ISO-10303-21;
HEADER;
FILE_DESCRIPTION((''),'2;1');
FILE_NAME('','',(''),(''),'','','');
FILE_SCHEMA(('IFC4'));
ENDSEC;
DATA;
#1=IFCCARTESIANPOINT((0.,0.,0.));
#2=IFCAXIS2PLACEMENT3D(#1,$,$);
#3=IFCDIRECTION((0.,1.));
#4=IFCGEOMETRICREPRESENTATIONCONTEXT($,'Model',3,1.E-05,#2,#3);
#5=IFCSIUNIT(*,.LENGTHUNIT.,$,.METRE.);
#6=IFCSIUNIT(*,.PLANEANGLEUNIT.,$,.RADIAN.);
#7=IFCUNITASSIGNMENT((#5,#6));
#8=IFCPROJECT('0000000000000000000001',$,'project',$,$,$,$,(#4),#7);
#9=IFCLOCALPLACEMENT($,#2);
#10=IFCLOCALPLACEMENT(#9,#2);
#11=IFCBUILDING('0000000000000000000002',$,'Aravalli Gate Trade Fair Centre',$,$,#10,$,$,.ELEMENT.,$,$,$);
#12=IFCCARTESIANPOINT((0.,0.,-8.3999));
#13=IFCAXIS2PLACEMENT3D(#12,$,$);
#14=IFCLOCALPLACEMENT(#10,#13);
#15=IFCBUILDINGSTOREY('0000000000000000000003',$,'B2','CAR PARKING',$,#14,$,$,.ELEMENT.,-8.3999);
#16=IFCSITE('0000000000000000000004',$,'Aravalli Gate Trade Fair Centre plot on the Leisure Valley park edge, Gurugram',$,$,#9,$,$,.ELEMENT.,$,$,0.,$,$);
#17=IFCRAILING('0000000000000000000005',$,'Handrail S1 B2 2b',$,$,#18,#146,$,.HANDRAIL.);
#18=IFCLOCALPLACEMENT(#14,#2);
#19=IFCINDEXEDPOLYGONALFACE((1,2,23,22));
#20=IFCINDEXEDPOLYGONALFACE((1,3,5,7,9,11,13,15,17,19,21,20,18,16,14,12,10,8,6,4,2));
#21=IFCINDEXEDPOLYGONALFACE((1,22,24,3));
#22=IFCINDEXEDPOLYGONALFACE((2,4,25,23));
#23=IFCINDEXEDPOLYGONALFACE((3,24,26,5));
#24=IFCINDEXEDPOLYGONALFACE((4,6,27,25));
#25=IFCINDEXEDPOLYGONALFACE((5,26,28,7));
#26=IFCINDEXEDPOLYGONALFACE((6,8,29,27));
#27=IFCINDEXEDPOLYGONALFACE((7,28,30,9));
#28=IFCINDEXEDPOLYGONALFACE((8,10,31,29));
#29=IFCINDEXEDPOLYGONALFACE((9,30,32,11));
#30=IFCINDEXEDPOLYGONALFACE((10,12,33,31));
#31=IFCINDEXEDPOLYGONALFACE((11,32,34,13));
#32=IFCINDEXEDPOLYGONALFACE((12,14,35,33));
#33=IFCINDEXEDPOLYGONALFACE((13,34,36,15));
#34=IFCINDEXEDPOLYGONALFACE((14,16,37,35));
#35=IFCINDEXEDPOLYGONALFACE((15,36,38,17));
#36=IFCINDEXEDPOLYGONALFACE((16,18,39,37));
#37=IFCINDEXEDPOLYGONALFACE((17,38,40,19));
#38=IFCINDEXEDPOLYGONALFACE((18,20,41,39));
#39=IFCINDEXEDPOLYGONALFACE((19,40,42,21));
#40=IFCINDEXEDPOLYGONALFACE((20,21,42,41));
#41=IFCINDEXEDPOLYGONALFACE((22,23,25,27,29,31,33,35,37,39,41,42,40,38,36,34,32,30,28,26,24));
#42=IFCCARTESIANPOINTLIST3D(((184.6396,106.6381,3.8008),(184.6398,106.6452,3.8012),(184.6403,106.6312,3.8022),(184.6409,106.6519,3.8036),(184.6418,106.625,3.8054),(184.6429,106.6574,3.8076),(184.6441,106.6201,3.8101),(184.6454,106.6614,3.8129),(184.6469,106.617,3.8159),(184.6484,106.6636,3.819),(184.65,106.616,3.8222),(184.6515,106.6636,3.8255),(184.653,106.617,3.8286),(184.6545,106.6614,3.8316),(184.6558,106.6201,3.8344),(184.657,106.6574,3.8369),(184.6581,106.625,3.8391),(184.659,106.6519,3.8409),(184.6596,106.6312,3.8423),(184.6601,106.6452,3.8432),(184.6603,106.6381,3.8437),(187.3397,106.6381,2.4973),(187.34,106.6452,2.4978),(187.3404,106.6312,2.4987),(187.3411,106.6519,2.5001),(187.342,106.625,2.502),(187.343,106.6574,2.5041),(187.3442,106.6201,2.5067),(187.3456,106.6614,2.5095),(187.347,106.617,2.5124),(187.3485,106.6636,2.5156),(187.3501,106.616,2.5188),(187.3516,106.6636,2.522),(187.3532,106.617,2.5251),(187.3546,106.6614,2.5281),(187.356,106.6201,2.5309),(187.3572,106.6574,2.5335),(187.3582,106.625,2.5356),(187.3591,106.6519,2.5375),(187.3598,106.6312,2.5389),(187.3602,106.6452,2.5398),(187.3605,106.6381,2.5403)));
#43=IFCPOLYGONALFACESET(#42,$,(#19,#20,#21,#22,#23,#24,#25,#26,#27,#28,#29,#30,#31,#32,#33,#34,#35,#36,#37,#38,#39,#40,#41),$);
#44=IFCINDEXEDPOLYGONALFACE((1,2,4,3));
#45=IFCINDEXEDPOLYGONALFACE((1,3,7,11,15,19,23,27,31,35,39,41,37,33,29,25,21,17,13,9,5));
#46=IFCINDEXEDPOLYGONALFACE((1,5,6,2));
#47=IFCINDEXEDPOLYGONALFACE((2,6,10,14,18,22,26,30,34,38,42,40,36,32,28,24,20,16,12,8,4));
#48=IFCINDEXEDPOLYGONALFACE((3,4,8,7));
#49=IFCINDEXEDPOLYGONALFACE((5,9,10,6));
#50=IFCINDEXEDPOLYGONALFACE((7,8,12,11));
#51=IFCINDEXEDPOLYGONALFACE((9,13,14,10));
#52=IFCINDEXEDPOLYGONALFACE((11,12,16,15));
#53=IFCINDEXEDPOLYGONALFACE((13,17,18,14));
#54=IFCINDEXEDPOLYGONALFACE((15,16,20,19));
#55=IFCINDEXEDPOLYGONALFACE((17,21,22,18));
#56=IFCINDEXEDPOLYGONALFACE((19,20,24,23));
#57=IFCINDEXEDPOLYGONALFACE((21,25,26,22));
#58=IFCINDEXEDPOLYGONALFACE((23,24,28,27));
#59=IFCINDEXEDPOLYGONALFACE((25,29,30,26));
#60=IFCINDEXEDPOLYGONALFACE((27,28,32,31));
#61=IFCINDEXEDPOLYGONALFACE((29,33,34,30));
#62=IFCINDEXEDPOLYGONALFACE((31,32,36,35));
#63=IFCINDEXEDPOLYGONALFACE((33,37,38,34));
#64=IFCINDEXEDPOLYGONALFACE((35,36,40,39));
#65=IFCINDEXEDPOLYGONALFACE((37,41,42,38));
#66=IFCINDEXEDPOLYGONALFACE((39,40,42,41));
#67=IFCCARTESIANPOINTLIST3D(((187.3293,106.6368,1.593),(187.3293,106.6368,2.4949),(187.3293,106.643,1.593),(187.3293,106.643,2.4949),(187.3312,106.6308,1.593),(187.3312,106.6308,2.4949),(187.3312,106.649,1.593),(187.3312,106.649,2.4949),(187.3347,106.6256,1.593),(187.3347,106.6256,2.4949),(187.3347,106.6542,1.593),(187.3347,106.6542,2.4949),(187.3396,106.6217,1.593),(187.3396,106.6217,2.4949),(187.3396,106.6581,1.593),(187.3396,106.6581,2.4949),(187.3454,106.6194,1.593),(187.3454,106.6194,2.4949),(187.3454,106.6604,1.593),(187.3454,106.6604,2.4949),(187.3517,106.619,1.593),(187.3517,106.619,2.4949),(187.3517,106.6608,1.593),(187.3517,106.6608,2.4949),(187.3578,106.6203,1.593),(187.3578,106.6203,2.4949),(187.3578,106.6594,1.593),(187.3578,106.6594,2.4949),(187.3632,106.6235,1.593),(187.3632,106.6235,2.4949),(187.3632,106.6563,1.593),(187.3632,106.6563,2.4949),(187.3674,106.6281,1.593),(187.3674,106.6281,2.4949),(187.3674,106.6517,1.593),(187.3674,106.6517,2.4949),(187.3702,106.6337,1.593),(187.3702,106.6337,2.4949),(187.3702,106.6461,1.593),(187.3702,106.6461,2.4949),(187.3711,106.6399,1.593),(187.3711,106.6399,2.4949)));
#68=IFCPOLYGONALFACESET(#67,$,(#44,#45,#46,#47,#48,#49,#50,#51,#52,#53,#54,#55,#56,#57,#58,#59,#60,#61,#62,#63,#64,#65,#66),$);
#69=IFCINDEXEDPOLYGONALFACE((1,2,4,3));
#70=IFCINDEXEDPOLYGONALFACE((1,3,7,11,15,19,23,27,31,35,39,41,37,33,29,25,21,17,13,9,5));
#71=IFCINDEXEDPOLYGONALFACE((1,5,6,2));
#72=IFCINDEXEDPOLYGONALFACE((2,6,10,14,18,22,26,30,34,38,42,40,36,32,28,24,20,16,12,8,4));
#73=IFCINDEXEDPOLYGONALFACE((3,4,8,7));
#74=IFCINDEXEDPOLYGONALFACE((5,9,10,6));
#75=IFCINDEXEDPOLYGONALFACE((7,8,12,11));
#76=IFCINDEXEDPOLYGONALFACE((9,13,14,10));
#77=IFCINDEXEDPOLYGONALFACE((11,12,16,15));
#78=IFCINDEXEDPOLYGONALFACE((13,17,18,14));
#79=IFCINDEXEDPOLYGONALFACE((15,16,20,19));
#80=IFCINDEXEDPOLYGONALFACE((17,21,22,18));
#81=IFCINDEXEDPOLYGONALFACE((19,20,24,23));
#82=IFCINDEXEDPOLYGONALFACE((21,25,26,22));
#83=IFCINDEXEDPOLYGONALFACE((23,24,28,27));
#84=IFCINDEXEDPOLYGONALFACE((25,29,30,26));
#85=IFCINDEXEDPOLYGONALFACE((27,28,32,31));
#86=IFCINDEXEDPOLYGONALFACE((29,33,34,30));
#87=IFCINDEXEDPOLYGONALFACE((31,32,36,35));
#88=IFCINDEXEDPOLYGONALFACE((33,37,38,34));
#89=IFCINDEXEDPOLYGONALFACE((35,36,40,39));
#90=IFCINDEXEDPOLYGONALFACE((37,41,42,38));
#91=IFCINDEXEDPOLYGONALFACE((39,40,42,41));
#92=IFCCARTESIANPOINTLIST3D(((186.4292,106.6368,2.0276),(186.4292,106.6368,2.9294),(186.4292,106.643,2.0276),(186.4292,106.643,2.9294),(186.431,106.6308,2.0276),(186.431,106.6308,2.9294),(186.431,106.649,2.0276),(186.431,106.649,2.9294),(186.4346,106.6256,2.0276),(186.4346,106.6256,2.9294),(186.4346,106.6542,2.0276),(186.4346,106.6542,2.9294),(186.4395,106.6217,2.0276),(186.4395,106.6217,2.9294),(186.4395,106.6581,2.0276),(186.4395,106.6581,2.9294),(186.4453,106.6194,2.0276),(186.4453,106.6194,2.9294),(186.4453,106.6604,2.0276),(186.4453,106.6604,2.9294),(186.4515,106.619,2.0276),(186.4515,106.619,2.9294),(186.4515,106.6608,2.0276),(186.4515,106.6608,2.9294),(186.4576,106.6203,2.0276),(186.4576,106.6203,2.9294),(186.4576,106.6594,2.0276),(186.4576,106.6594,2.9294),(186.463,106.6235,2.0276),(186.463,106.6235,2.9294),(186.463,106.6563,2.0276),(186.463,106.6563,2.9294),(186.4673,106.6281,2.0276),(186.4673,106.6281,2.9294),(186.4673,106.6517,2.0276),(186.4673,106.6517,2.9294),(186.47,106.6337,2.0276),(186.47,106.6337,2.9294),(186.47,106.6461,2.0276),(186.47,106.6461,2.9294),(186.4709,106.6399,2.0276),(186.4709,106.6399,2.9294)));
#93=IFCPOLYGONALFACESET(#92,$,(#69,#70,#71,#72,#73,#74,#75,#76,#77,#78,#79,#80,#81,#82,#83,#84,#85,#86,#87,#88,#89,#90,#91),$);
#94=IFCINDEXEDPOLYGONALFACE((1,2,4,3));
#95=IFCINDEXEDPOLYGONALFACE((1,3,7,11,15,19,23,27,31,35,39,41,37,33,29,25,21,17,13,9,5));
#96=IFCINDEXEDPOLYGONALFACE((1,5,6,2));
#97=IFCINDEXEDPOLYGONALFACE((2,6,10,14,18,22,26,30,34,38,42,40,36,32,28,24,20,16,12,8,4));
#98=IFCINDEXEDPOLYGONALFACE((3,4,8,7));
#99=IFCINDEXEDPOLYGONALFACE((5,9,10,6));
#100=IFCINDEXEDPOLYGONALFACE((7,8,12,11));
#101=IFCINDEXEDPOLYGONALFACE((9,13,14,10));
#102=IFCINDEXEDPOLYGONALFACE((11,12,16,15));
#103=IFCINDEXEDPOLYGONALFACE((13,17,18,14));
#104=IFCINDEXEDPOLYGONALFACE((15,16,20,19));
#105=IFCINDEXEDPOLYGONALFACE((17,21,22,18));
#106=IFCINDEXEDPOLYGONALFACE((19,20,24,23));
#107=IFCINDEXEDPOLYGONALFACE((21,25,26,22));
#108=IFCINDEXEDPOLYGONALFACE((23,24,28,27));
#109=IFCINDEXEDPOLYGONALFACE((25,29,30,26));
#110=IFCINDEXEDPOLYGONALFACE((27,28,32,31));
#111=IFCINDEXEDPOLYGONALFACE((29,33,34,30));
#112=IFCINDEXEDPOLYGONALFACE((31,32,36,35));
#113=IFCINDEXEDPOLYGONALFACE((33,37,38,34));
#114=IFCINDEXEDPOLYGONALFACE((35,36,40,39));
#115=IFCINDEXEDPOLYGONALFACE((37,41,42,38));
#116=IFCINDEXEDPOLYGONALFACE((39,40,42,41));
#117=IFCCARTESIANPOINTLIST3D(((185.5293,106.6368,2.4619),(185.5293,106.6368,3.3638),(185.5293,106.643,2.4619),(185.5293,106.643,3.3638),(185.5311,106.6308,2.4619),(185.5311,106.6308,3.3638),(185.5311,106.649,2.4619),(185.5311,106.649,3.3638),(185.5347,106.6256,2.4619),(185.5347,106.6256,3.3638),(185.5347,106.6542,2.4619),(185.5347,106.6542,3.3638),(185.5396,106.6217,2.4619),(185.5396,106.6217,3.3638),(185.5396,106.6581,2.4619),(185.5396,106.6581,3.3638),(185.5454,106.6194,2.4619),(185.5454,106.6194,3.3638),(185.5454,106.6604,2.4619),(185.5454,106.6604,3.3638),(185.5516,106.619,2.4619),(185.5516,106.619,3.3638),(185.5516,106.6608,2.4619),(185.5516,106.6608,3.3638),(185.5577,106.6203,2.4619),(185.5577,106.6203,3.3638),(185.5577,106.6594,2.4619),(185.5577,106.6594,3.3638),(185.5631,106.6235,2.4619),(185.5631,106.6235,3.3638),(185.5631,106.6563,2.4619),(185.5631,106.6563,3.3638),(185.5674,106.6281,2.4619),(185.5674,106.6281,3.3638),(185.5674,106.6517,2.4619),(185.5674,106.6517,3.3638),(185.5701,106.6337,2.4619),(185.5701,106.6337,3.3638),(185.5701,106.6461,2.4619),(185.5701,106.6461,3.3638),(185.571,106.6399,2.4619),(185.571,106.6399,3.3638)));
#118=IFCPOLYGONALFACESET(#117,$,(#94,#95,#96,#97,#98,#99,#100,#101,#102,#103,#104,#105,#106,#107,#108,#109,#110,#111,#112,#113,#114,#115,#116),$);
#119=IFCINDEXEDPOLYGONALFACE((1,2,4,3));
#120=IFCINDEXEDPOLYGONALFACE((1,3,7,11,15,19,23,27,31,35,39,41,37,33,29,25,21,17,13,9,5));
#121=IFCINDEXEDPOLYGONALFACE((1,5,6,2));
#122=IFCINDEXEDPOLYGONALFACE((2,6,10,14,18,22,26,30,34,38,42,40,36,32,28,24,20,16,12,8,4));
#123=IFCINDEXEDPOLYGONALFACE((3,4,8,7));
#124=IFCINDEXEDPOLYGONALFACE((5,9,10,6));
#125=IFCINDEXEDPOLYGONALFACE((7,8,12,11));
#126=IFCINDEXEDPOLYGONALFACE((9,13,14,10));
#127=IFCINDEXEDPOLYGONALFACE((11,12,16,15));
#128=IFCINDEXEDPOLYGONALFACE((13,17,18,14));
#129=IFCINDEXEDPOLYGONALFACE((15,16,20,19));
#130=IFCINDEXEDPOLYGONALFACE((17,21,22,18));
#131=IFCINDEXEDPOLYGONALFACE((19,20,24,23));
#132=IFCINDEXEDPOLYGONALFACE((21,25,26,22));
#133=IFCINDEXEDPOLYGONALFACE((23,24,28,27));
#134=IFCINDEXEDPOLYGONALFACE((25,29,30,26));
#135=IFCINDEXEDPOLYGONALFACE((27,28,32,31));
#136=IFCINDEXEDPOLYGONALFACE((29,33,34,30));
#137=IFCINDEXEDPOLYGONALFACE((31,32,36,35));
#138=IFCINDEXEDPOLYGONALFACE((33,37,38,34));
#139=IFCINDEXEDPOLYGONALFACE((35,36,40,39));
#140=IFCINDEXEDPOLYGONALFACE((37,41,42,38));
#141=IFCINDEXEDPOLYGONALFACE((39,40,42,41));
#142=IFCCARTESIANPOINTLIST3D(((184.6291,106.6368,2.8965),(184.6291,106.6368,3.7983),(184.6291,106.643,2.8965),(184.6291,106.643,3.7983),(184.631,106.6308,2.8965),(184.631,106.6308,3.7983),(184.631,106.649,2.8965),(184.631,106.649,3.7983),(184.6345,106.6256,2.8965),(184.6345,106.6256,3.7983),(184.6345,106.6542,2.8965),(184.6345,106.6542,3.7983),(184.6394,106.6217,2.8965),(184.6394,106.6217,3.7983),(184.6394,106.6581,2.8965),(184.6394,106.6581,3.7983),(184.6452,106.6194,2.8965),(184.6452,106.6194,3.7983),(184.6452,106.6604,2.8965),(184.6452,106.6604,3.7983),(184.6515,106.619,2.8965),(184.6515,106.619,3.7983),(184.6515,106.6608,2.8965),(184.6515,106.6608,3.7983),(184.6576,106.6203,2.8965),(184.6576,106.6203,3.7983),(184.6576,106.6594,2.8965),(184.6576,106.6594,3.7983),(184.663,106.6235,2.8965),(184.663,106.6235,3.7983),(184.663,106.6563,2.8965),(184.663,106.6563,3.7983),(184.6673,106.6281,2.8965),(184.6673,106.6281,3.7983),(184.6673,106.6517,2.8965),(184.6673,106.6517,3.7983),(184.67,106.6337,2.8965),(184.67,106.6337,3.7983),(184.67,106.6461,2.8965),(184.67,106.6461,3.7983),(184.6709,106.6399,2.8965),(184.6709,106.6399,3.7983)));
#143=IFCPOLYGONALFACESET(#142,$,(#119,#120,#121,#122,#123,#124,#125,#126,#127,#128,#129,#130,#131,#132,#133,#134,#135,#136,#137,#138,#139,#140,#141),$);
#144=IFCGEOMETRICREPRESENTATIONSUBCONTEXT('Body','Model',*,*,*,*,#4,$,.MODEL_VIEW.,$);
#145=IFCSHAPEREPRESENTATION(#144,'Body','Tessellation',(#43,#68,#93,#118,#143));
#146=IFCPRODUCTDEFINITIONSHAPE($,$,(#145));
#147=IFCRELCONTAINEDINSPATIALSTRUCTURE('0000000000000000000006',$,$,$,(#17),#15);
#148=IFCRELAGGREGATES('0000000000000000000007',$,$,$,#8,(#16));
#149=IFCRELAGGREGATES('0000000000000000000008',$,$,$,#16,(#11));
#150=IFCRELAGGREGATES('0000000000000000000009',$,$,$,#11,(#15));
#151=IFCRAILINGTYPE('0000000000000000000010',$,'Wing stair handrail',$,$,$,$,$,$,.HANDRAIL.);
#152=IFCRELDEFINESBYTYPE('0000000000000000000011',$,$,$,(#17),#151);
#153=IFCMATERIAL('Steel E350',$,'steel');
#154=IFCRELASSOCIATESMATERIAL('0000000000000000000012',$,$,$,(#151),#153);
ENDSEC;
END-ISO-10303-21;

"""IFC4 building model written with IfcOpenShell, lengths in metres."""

from ifc_helpers import new_model, si_unit, direction, frame, origin, origin_2d, place, context, subcontext, project, spatial, circle, extrude, material, type_object, element, save


model = new_model("IFC4")

# Units and contexts
model_context = context("Model", 3, precision=1e-05, world=origin(), true_north=direction((0.0, 1.0)))
body_context = subcontext(model_context, "Body", "Model", "MODEL_VIEW")
ifc_project = project(units=[si_unit("LENGTHUNIT", "METRE"), si_unit("PLANEANGLEUNIT", "RADIAN")], contexts=[model_context])

# Site, building, storey
site_placement = place(None, origin())
site = spatial("IfcSite", under=ifc_project, at=site_placement, Name="Aravalli Gate Trade Fair Centre plot on the Leisure Valley park edge, Gurugram", CompositionType="ELEMENT", RefElevation=0.0)
building_placement = place(site_placement, origin())
building = spatial("IfcBuilding", under=site, at=building_placement, Name="Aravalli Gate Trade Fair Centre", CompositionType="ELEMENT")
storey_placement = place(building_placement, frame((0.0, 0.0, -8.3999)))
storey = spatial("IfcBuildingStorey", under=building, at=storey_placement, Name="B2", Description="CAR PARKING", CompositionType="ELEMENT", Elevation=-8.3999)

# Shared definitions
ifc_material_1 = material(Name="Steel E350", Category="steel")

# Railing
railing_type = type_object("IfcRailingType", Name="Wing stair handrail", PredefinedType="HANDRAIL", material=ifc_material_1)
for number, where, name in (
    (1, (187.3501, 106.6399, 1.593), "Handrail S1 B2 2b"),
):
    element("IfcRailing", number, at=place(storey_placement, frame(where)), inside=storey, type_object=railing_type, Name=name, PredefinedType="HANDRAIL", context=body_context, shape_type="SweptSolid", body=[
        extrude(circle(Radius=0.0239, at=origin_2d()), frame((0.0, 0.0, 0.9258), z_axis=(-0.900562, 0.0, 0.434729), x_axis=(0.0, -1.0, 0.0)), (0.0, 0.0, 1.0), 2.9983),
        extrude(circle(Radius=0.021, at=origin_2d()), origin(), (0.0, 0.0, 1.0), 0.9019),
        extrude(circle(Radius=0.021, at=origin_2d()), frame((-0.9001, 0.0, 0.4346)), (0.0, 0.0, 1.0), 0.9019),
        extrude(circle(Radius=0.021, at=origin_2d()), frame((-1.8, 0.0, 0.8689)), (0.0, 0.0, 1.0), 0.9019),
        extrude(circle(Radius=0.021, at=origin_2d()), frame((-2.7002, 0.0, 1.3035)), (0.0, 0.0, 1.0), 0.9019),
    ])

save(model, "model.ifc")
